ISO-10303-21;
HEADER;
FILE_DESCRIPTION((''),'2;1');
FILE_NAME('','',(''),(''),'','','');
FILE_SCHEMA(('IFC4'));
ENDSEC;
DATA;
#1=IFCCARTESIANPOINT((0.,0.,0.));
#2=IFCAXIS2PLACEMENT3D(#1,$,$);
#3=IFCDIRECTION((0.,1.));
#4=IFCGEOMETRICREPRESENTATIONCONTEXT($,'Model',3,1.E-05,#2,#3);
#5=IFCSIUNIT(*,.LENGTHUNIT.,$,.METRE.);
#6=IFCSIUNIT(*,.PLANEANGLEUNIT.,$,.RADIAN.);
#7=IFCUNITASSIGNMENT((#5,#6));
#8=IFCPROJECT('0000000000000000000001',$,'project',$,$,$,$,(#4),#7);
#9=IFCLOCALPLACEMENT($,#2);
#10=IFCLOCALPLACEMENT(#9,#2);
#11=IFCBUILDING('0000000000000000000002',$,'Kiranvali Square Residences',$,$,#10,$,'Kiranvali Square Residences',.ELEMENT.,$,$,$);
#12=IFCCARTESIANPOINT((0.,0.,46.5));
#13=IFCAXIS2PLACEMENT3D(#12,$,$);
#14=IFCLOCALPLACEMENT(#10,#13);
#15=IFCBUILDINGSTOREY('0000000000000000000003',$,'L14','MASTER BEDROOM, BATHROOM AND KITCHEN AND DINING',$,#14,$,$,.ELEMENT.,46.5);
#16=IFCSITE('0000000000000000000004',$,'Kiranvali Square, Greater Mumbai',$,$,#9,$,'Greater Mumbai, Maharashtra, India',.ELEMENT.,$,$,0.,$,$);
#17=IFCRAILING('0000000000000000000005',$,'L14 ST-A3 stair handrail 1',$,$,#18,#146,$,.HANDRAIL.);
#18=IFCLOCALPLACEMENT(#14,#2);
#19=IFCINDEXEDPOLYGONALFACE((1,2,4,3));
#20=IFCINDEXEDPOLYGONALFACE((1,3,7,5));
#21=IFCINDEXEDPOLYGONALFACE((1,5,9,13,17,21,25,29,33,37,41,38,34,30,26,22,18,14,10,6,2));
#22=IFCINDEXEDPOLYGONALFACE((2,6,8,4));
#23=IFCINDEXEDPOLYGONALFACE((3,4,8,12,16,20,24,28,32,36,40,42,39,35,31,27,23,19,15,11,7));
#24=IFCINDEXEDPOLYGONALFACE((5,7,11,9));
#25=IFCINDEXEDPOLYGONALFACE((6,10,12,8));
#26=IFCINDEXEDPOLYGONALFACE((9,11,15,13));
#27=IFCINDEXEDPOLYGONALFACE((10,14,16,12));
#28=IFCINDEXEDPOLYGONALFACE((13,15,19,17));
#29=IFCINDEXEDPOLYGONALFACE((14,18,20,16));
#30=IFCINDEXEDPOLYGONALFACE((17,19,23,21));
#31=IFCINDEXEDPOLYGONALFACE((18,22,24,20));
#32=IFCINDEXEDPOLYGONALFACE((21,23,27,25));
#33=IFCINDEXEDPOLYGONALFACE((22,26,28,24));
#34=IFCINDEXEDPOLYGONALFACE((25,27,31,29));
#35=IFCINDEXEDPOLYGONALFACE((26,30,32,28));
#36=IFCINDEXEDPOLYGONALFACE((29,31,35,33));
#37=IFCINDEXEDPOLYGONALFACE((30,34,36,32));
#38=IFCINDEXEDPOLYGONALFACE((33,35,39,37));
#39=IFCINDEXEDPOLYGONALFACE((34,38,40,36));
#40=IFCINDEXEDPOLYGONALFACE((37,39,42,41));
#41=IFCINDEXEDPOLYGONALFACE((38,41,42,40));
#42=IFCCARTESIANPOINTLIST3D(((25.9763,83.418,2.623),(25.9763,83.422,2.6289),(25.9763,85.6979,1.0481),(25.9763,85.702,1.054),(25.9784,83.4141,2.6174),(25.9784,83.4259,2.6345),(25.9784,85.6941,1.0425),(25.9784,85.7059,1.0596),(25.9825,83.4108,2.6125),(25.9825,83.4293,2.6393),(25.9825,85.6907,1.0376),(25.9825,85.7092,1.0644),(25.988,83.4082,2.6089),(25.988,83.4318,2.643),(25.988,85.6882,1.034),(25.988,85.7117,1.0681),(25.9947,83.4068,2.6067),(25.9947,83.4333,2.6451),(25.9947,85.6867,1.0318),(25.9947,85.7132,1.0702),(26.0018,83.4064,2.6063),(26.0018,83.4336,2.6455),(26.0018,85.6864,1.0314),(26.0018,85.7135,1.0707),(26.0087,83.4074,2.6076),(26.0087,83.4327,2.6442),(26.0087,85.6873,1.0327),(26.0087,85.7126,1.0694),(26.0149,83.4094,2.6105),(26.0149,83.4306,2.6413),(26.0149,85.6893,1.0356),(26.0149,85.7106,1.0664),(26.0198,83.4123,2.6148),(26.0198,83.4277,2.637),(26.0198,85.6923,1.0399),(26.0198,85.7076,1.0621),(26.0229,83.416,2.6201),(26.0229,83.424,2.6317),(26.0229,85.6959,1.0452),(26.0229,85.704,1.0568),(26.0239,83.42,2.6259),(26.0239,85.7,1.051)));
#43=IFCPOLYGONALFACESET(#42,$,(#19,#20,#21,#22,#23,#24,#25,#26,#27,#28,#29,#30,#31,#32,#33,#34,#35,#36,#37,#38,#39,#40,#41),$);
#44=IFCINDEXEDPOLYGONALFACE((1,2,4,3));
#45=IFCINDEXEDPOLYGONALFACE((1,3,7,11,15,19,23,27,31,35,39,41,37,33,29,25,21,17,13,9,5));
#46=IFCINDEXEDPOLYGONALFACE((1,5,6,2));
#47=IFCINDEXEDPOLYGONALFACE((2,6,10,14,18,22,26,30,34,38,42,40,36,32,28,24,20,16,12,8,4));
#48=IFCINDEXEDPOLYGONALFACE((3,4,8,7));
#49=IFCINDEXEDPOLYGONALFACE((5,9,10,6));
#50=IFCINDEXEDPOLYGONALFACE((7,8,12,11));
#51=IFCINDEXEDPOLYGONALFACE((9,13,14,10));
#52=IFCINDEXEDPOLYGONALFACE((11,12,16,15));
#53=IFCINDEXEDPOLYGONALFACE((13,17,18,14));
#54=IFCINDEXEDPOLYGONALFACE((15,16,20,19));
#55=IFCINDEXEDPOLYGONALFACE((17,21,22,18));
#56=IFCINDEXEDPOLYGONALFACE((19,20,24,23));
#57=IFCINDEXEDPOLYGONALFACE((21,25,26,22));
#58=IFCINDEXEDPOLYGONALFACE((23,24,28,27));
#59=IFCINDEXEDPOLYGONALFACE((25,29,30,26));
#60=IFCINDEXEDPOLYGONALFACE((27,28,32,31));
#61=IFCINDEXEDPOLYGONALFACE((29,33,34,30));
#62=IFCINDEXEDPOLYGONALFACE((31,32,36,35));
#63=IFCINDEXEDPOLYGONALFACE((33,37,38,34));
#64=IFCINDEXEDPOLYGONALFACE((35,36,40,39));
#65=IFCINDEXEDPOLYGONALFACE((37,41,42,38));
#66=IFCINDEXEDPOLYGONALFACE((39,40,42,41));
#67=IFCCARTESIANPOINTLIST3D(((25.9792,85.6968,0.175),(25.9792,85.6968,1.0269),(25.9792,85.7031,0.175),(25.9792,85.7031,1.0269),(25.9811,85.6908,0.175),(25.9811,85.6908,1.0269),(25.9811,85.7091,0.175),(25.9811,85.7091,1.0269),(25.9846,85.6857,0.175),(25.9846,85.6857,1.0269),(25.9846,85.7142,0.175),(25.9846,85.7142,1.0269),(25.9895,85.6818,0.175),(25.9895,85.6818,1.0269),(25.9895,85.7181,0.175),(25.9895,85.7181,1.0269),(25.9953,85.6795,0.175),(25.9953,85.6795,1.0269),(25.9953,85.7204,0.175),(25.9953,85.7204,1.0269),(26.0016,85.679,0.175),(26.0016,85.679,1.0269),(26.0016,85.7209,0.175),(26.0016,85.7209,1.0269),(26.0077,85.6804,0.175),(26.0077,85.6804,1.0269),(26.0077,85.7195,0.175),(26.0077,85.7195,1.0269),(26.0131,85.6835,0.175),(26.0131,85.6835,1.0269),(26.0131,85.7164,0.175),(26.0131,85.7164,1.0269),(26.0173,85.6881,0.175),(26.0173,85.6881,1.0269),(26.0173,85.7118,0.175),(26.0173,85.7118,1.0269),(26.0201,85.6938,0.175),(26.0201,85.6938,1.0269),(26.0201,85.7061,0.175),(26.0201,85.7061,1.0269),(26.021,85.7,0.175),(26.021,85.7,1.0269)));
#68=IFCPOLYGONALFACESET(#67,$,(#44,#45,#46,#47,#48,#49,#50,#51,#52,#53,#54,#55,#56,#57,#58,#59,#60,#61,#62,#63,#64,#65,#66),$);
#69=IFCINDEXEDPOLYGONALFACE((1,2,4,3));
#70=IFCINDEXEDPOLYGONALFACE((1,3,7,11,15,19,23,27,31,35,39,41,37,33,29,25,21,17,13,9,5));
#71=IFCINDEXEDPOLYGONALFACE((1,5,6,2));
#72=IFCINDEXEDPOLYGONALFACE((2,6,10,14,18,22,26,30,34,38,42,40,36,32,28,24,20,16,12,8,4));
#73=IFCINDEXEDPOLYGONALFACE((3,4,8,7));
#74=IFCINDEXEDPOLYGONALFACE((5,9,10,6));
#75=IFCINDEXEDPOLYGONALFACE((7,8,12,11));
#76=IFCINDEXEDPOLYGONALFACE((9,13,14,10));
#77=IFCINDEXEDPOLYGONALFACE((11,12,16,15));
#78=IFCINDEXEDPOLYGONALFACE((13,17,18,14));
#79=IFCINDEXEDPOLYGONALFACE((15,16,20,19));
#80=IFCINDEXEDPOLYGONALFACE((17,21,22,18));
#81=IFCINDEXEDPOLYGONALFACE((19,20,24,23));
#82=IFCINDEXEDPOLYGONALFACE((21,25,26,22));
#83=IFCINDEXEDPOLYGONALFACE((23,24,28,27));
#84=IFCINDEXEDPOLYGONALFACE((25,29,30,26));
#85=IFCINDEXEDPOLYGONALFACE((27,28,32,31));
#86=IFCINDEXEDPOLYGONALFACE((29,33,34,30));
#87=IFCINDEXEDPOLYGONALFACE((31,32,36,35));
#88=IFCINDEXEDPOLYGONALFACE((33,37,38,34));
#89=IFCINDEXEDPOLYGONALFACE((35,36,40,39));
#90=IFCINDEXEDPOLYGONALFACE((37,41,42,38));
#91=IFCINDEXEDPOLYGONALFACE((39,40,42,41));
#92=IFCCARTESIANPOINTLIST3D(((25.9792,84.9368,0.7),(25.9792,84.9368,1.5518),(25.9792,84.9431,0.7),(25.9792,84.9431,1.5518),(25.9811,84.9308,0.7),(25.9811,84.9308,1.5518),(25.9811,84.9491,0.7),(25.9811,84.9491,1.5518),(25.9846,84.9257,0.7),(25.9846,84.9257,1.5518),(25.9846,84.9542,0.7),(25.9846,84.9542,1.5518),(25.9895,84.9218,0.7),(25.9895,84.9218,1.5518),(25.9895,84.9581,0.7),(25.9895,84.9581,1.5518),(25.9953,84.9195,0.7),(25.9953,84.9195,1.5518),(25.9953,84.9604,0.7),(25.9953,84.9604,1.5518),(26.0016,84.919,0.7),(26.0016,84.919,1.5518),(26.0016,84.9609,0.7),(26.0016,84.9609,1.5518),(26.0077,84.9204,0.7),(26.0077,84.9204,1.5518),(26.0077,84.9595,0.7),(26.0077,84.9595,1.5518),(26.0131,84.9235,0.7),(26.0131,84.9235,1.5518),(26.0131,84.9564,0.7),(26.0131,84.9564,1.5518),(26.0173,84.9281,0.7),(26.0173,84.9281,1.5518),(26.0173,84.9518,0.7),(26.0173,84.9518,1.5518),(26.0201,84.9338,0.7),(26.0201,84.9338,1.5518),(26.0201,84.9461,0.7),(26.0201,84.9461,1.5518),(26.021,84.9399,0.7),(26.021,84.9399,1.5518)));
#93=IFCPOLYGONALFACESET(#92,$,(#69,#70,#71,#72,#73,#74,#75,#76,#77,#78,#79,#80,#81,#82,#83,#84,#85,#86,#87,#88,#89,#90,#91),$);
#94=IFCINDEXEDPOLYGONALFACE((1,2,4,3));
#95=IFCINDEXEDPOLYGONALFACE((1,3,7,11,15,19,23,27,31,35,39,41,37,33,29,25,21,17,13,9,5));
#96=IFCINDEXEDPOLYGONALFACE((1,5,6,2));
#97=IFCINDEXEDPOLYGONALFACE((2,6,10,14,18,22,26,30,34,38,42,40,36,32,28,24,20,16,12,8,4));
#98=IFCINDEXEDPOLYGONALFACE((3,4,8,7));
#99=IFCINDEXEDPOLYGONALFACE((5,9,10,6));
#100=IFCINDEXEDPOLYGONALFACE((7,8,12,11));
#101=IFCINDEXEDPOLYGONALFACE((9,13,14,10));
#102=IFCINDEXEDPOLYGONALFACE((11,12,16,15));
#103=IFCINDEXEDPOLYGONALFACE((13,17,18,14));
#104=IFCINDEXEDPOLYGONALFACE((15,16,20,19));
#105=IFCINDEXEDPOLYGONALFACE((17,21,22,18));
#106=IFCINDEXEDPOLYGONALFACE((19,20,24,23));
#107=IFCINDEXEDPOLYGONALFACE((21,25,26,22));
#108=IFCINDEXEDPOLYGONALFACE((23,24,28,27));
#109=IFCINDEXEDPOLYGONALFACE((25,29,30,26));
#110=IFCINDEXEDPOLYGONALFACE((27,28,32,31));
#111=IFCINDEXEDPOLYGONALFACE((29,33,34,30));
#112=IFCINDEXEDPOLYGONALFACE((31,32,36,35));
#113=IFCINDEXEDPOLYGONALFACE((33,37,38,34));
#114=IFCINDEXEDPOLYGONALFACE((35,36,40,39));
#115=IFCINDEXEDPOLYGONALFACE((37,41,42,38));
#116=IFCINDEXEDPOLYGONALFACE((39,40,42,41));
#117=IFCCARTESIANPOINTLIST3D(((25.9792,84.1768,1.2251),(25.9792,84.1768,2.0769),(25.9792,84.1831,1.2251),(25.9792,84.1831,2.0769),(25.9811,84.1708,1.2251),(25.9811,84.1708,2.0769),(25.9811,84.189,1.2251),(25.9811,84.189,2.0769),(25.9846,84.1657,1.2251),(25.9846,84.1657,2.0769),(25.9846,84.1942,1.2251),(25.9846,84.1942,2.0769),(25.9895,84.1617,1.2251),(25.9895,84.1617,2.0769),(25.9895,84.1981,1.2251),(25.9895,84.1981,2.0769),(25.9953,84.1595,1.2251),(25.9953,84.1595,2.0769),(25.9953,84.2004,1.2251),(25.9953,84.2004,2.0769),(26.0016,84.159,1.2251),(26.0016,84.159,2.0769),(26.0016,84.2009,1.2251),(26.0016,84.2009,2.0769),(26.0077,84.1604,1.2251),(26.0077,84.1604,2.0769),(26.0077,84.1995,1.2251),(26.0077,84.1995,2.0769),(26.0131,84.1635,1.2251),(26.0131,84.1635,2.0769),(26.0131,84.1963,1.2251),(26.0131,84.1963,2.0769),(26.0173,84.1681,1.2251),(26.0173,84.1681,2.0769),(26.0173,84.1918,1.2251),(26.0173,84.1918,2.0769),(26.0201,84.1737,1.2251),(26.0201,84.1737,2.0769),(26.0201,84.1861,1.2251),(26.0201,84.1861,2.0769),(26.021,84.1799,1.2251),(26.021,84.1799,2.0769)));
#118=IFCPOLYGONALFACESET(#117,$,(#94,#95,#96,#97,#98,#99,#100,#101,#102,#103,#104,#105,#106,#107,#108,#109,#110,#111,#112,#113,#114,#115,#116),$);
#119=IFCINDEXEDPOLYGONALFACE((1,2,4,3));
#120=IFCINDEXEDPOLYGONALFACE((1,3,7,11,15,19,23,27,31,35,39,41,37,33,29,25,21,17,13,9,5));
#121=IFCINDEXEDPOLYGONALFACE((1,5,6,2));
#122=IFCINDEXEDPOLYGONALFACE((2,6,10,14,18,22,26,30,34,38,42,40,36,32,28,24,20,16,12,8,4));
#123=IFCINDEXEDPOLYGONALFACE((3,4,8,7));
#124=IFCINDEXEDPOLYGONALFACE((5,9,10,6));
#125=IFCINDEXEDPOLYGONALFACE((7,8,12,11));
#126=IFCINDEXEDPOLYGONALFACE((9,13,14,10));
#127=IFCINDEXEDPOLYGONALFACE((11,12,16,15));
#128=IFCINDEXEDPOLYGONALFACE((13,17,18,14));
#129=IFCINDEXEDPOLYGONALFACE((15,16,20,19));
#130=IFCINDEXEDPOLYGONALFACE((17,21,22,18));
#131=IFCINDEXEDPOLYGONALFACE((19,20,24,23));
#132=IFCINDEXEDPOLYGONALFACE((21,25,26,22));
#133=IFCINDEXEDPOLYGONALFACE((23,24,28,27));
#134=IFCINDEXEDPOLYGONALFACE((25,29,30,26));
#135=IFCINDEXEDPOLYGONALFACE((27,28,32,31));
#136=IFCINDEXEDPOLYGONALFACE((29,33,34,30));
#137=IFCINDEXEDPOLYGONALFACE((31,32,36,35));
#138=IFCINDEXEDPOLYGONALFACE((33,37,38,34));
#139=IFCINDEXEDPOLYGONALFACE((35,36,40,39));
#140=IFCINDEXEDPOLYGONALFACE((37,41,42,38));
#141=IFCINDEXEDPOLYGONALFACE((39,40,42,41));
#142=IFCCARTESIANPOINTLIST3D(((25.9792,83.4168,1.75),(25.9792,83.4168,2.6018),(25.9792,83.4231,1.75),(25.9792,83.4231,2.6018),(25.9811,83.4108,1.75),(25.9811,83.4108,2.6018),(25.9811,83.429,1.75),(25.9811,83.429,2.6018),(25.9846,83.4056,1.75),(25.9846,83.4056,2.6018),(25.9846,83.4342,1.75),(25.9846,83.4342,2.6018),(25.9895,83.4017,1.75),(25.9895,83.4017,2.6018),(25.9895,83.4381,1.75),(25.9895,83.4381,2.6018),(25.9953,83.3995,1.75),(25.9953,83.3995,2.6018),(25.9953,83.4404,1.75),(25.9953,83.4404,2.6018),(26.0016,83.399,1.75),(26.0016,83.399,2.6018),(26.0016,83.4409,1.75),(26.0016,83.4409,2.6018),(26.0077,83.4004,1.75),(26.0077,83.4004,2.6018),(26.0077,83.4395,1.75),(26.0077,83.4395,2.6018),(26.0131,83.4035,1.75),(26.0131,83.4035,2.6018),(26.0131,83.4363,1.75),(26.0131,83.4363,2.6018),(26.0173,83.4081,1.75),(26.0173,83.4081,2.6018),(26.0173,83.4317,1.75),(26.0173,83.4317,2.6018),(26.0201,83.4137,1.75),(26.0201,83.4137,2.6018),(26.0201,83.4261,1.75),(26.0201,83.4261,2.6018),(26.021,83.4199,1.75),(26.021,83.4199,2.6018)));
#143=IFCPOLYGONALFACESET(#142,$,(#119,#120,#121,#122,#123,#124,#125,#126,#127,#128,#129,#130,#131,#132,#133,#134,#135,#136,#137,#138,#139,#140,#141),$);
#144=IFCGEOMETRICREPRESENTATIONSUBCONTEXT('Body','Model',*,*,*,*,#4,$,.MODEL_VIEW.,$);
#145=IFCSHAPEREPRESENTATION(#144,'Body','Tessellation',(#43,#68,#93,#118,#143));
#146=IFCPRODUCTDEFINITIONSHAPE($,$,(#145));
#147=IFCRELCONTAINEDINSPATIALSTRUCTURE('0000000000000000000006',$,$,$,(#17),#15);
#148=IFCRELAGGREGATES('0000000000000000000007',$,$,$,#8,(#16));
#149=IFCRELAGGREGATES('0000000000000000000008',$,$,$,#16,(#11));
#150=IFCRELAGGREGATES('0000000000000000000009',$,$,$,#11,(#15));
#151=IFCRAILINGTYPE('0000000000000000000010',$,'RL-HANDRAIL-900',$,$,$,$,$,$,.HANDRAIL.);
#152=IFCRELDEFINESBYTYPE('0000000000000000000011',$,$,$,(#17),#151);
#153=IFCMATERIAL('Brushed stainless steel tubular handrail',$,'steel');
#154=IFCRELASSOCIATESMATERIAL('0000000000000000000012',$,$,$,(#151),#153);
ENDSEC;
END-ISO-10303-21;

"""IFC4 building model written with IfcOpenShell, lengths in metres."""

from ifc_helpers import new_model, si_unit, direction, frame, origin, origin_2d, place, context, subcontext, project, spatial, circle, extrude, material, type_object, element, save


model = new_model("IFC4")

# Units and contexts
model_context = context("Model", 3, precision=1e-05, world=origin(), true_north=direction((0.0, 1.0)))
body_context = subcontext(model_context, "Body", "Model", "MODEL_VIEW")
ifc_project = project(units=[si_unit("LENGTHUNIT", "METRE"), si_unit("PLANEANGLEUNIT", "RADIAN")], contexts=[model_context])

# Site, building, storey
site_placement = place(None, origin())
site = spatial("IfcSite", under=ifc_project, at=site_placement, Name="Kiranvali Square, Greater Mumbai", LongName="Greater Mumbai, Maharashtra, India", CompositionType="ELEMENT", RefElevation=0.0)
building_placement = place(site_placement, origin())
building = spatial("IfcBuilding", under=site, at=building_placement, Name="Kiranvali Square Residences", LongName="Kiranvali Square Residences", CompositionType="ELEMENT")
storey_placement = place(building_placement, frame((0.0, 0.0, 46.5)))
storey = spatial("IfcBuildingStorey", under=building, at=storey_placement, Name="L14", Description="MASTER BEDROOM, BATHROOM AND KITCHEN AND DINING", CompositionType="ELEMENT", Elevation=46.5)

# Railing
ifc_material_1 = material(Name="Brushed stainless steel tubular handrail", Category="steel")
railing_type_1 = type_object("IfcRailingType", Name="RL-HANDRAIL-900", PredefinedType="HANDRAIL", material=ifc_material_1)
railing_1_placement = place(storey_placement, frame((26.0, 85.7, 0.175)))
element("IfcRailing", 1, at=railing_1_placement, inside=storey, type_object=railing_type_1, Name="L14 ST-A3 stair handrail 1", PredefinedType="HANDRAIL", context=body_context, shape_type="SweptSolid", body=[
    extrude(circle(Radius=0.0239, at=origin_2d()), frame((0.0, 0.0, 0.876), z_axis=(0.0, -0.822788, 0.568348), x_axis=(1.0, 0.0, 0.0)), (0.0, 0.0, 1.0), 2.771),
    extrude(circle(Radius=0.021, at=origin_2d()), origin(), (0.0, 0.0, 1.0), 0.8518),
    extrude(circle(Radius=0.021, at=origin_2d()), frame((0.0, -0.76, 0.5249)), (0.0, 0.0, 1.0), 0.8518),
    extrude(circle(Radius=0.021, at=origin_2d()), frame((0.0, -1.52, 1.05)), (0.0, 0.0, 1.0), 0.8518),
    extrude(circle(Radius=0.021, at=origin_2d()), frame((0.0, -2.28, 1.575)), (0.0, 0.0, 1.0), 0.8518),
])

save(model, "model.ifc")
